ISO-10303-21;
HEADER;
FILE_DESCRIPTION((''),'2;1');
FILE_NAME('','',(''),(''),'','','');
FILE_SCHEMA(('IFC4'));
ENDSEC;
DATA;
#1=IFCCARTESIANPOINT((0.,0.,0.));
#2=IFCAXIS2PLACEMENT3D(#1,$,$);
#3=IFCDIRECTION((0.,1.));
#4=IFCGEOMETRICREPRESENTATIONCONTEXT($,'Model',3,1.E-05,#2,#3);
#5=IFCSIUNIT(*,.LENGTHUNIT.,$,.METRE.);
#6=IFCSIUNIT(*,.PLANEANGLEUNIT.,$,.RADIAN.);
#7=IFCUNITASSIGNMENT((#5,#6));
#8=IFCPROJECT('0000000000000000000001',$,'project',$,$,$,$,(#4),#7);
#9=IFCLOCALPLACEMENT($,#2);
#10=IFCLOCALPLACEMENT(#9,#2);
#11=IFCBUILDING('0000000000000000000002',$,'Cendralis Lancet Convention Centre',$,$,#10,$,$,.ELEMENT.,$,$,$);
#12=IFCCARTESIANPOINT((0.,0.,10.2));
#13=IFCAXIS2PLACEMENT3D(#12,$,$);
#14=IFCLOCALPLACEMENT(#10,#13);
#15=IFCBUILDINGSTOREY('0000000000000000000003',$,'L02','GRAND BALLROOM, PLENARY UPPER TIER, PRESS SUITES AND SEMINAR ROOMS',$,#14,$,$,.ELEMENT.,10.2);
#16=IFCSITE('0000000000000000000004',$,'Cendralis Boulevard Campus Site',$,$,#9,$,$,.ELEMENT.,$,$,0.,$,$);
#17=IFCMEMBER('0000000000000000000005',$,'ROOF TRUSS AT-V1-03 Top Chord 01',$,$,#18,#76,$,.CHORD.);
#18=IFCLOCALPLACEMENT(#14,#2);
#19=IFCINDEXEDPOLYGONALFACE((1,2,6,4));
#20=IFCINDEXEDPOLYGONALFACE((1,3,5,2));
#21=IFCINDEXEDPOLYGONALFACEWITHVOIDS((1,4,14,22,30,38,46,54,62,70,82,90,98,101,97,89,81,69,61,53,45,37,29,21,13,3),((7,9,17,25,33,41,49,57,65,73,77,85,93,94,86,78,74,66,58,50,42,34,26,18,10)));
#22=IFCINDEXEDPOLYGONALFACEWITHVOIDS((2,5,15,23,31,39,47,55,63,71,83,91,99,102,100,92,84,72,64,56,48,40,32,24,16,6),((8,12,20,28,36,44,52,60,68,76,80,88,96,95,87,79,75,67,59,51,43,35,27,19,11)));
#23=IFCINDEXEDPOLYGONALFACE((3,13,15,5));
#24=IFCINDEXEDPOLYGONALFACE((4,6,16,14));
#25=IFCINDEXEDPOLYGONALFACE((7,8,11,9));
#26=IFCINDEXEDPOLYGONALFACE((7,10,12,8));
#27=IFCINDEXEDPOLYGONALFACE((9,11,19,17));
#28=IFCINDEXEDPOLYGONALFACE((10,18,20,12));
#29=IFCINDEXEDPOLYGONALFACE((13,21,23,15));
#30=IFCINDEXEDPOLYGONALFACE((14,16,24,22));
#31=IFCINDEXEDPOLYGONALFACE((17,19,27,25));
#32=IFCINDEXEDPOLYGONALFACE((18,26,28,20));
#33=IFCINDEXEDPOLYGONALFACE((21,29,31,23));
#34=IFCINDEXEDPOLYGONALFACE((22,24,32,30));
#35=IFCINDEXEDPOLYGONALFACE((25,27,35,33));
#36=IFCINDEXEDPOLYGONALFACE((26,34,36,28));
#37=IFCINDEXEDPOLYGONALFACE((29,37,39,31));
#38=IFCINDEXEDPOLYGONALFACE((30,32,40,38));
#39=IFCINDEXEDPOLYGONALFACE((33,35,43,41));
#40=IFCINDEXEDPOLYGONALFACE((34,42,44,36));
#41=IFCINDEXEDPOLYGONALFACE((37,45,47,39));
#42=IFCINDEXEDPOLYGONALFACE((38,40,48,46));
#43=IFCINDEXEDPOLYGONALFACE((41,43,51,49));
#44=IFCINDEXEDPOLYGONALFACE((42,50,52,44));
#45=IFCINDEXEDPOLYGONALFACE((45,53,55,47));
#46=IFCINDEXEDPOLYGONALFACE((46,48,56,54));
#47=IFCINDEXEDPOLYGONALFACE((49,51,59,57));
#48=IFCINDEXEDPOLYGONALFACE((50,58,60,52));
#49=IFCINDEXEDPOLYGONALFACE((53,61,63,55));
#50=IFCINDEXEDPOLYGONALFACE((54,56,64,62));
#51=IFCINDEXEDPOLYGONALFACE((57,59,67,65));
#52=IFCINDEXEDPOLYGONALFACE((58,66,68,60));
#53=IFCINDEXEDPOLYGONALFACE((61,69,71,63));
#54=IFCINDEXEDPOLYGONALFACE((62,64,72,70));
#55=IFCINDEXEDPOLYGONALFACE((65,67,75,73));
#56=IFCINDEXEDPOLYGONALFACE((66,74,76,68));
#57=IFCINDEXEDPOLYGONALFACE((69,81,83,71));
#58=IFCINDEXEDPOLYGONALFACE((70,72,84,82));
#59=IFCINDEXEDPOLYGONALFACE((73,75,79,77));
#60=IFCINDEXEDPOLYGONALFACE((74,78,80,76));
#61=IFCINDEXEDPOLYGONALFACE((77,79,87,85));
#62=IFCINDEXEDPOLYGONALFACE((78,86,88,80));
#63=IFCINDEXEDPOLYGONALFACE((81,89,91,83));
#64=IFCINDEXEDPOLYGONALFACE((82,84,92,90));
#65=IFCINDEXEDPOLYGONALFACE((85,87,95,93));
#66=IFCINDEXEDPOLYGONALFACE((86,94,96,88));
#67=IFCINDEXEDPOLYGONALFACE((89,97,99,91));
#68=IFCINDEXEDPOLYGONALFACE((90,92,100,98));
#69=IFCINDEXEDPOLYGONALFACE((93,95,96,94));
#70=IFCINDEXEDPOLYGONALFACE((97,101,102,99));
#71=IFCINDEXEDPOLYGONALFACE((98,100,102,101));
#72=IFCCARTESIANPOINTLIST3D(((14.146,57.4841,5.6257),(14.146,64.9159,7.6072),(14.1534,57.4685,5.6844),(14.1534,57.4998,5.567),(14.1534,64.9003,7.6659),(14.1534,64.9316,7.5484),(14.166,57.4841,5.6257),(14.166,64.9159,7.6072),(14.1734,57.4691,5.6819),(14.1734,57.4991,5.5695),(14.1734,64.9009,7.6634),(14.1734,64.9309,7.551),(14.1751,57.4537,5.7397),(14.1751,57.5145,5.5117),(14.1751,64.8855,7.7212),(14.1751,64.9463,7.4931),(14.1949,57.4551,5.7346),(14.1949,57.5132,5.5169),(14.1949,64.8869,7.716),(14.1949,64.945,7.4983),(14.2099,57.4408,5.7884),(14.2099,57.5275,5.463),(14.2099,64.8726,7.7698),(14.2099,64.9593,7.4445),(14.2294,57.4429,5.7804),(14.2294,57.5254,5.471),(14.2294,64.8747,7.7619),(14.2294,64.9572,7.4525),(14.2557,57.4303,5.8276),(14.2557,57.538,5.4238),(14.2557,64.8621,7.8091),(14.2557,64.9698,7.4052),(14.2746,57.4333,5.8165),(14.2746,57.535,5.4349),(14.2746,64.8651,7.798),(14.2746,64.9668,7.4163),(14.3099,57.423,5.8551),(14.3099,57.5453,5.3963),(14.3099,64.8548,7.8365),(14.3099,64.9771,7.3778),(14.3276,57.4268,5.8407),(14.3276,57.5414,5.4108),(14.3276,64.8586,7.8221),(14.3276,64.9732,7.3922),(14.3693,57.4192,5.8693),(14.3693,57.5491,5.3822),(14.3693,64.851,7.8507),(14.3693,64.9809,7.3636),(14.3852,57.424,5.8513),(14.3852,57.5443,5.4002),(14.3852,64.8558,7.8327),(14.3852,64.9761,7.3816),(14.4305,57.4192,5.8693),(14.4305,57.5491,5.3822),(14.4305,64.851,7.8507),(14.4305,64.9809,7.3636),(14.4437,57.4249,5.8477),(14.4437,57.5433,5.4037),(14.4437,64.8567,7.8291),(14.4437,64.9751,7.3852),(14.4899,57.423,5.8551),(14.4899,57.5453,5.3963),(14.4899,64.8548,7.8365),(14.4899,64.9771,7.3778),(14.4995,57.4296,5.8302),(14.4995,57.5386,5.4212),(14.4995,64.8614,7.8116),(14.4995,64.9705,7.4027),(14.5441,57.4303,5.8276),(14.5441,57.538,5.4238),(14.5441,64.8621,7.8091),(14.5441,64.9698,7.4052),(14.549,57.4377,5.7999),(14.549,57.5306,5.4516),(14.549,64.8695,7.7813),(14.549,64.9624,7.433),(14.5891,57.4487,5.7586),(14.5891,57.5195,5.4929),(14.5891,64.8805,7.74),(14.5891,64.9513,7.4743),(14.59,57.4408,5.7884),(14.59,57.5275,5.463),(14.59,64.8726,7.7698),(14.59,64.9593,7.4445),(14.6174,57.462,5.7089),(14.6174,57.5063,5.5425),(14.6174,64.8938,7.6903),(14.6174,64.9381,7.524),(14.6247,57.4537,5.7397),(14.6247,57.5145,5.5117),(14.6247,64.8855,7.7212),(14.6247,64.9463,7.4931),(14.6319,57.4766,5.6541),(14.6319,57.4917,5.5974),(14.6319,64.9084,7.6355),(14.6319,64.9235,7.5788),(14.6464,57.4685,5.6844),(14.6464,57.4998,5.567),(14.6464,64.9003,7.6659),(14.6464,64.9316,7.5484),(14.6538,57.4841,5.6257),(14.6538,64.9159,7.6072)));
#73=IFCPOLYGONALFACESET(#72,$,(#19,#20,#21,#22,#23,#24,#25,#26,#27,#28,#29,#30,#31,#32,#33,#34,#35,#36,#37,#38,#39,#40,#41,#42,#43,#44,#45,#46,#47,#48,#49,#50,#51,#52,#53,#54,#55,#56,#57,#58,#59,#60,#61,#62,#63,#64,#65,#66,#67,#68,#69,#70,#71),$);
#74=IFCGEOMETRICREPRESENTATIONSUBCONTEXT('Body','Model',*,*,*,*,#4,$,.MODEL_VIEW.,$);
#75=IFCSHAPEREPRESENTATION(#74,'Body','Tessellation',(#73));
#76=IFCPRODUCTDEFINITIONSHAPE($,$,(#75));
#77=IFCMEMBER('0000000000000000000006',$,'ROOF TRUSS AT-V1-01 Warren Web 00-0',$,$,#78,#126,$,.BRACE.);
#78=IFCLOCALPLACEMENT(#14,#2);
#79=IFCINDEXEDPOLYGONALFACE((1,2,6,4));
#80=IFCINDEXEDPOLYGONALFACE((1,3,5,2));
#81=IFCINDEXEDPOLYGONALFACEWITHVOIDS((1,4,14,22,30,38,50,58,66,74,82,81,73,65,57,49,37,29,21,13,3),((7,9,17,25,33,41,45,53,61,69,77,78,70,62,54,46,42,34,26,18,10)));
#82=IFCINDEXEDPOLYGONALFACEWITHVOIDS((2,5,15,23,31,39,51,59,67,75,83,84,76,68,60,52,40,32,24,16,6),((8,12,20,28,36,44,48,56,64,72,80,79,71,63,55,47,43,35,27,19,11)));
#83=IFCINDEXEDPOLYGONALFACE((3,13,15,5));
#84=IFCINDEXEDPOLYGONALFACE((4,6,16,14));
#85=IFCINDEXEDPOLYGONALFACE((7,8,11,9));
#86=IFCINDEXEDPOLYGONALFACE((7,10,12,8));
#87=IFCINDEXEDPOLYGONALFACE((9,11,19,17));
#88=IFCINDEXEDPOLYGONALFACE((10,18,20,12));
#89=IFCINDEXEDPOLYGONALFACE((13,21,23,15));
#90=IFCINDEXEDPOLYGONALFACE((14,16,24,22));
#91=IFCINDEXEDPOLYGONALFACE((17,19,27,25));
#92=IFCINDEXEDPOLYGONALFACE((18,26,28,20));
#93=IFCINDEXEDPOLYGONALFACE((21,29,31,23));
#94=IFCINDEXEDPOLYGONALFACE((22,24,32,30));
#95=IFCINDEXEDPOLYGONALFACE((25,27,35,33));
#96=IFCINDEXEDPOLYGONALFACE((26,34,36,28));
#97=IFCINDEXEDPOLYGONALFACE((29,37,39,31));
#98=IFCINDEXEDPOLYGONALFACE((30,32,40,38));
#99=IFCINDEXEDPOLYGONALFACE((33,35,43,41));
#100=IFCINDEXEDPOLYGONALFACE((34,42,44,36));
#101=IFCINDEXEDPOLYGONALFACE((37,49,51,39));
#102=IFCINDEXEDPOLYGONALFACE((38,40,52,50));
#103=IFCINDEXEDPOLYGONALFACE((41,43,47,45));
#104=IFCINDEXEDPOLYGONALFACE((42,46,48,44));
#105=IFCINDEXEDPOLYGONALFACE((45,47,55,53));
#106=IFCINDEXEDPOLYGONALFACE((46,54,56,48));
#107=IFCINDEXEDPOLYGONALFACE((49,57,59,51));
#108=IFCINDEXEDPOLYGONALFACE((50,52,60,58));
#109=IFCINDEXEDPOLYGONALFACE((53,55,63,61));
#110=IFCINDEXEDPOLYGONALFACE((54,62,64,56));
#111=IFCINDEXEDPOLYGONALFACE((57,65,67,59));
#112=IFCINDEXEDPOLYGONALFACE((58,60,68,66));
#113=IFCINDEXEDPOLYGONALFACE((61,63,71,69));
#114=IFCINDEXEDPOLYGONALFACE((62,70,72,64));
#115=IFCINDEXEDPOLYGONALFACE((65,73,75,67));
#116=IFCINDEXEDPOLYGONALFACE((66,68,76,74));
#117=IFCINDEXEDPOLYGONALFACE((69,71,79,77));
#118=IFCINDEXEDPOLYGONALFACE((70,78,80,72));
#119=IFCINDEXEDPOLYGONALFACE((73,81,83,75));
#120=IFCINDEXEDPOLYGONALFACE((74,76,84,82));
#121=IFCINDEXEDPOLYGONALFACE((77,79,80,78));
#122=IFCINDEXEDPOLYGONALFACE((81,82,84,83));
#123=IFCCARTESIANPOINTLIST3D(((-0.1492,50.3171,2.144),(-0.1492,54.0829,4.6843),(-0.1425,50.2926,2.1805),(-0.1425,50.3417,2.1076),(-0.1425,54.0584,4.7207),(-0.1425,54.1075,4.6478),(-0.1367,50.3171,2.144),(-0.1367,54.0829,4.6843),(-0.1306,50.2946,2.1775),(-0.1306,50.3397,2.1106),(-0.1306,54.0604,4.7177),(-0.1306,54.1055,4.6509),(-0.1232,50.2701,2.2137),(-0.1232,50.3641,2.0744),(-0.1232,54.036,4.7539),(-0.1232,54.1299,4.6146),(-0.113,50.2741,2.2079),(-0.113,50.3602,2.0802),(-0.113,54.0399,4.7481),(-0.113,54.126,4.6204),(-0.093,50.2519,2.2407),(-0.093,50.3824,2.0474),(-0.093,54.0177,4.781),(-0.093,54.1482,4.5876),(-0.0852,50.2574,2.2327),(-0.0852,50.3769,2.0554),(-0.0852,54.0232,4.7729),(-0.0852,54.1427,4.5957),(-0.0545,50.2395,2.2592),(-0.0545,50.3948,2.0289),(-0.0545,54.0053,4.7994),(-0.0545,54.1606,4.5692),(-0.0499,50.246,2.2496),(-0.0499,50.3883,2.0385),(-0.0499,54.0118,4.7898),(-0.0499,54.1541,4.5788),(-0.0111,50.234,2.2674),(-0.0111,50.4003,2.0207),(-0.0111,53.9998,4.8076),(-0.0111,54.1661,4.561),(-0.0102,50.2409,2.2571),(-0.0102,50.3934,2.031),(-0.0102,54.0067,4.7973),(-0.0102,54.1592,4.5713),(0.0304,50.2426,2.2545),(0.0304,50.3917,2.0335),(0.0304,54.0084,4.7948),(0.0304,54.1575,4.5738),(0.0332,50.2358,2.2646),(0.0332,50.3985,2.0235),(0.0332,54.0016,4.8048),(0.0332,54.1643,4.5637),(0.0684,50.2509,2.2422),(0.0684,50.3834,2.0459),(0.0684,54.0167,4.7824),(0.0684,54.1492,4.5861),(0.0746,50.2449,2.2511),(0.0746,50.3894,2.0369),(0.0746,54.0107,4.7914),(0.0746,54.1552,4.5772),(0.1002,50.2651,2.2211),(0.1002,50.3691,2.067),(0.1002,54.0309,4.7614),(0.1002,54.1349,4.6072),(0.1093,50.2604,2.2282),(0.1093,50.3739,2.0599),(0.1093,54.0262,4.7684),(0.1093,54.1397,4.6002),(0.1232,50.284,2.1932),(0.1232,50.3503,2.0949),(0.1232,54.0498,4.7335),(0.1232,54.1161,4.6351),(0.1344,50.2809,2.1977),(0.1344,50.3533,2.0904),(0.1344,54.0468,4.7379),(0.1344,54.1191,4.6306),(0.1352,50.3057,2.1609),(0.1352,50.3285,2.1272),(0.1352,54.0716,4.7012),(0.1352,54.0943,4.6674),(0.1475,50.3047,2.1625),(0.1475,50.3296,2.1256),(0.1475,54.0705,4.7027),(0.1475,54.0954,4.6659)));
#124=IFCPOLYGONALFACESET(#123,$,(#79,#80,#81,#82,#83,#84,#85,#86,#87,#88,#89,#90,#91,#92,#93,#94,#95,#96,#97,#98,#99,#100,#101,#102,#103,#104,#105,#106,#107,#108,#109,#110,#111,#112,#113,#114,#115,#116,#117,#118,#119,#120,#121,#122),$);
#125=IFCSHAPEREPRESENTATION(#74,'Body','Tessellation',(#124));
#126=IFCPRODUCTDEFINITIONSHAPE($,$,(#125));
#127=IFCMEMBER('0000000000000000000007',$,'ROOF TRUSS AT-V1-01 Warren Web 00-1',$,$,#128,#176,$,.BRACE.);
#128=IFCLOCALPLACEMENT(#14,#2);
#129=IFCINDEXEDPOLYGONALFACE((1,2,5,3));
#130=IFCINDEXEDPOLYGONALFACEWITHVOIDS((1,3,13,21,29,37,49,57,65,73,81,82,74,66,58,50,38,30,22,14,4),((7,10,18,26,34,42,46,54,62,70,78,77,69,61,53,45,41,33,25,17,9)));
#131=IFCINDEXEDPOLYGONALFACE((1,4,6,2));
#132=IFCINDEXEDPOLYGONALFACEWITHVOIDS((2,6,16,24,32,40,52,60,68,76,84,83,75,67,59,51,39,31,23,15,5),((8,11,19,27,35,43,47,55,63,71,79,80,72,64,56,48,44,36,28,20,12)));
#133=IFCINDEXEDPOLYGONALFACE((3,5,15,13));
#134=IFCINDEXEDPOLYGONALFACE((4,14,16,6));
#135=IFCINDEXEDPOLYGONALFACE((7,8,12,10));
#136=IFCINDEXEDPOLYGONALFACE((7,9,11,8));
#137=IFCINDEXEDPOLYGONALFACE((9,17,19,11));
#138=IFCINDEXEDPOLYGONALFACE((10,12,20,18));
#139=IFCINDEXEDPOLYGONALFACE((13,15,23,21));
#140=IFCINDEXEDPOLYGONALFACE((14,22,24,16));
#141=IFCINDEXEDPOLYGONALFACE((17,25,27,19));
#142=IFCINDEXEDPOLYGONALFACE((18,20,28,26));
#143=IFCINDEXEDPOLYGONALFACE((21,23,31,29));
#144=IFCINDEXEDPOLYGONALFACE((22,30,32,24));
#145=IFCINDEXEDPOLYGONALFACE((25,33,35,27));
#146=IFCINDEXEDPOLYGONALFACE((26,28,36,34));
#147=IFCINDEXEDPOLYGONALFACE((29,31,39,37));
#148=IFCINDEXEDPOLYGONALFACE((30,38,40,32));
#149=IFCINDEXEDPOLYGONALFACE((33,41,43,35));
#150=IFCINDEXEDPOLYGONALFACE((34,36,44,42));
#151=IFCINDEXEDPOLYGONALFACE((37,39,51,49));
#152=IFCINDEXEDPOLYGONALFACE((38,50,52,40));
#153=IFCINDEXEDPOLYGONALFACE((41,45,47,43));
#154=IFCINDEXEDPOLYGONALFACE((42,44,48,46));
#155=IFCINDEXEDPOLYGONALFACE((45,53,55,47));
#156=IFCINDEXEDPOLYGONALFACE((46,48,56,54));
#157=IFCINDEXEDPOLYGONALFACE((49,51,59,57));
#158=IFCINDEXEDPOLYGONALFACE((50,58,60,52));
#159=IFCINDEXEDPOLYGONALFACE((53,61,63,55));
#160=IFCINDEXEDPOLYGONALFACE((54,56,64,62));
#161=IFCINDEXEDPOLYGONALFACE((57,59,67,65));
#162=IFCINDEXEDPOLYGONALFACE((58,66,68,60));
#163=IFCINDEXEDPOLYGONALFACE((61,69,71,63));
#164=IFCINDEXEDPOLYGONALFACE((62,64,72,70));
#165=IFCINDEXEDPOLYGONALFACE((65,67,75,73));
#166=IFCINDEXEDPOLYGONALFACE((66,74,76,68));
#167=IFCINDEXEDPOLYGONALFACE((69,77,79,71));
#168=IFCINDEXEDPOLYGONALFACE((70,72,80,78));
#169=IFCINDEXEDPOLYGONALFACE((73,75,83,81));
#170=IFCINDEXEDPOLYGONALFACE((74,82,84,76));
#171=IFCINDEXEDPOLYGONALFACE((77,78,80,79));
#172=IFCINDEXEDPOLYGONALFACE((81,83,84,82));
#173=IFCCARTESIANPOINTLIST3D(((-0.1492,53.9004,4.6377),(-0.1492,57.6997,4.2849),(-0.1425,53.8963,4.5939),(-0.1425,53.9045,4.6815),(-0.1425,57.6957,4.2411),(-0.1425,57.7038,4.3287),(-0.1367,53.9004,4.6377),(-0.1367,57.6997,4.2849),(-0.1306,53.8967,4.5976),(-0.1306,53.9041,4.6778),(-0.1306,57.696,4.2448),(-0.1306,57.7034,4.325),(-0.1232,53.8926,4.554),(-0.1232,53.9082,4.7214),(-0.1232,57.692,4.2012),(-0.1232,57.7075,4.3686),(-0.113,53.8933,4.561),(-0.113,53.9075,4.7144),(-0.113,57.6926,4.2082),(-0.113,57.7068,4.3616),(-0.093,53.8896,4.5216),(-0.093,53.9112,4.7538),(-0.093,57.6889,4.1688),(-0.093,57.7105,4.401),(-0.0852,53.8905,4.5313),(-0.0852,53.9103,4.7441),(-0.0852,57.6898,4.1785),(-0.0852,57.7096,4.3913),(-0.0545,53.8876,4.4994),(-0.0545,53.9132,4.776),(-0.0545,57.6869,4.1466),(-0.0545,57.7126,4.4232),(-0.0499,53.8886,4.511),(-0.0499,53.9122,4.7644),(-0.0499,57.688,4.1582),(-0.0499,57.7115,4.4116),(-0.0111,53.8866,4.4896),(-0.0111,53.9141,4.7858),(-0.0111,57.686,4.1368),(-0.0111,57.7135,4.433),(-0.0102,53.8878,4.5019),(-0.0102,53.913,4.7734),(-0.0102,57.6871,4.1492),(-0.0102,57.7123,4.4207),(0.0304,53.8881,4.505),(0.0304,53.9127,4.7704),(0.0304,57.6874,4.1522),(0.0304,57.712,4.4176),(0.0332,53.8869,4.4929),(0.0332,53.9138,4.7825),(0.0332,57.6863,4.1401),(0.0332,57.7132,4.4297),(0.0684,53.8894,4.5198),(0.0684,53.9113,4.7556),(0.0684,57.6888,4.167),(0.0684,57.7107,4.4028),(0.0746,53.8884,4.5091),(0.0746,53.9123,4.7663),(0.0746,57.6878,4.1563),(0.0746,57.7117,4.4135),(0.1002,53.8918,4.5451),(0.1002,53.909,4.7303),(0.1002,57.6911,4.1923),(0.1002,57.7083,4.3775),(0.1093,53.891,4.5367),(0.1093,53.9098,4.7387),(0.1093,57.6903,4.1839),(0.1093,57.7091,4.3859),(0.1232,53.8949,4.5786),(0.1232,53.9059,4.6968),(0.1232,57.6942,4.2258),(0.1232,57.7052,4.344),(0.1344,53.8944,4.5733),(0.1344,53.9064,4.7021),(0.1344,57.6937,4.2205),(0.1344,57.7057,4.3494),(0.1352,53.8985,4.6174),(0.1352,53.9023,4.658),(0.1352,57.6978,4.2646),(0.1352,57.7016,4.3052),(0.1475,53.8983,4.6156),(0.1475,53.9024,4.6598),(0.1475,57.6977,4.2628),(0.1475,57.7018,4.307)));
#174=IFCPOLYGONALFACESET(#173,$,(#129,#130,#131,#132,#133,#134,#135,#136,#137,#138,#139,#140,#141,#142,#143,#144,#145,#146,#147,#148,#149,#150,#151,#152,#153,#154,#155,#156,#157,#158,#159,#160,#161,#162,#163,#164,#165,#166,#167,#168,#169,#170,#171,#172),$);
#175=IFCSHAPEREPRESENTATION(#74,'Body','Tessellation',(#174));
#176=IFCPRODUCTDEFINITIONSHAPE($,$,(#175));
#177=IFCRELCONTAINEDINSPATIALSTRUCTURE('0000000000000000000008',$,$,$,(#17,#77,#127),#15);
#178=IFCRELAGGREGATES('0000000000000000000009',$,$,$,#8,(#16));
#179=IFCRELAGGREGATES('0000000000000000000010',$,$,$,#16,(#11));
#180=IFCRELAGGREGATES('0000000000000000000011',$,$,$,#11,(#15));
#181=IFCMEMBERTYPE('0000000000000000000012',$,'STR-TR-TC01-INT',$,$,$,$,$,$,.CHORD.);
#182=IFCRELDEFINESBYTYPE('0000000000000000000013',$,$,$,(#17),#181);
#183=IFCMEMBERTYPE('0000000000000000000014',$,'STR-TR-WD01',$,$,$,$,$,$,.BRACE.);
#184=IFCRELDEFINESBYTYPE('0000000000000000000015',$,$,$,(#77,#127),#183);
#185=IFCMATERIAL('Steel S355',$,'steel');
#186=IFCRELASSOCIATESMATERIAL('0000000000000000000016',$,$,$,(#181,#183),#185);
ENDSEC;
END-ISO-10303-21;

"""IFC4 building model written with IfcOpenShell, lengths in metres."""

from ifc_helpers import new_model, si_unit, direction, frame, origin, origin_2d, place, context, subcontext, project, spatial, hollow_circle, extrude, material, material_profile, profile_set, type_object, element, save


model = new_model("IFC4")

# Units and contexts
model_context = context("Model", 3, precision=1e-05, world=origin(), true_north=direction((0.0, 1.0)))
body_context = subcontext(model_context, "Body", "Model", "MODEL_VIEW")
ifc_project = project(units=[si_unit("LENGTHUNIT", "METRE"), si_unit("PLANEANGLEUNIT", "RADIAN")], contexts=[model_context])

# Site, building, storey
site_placement = place(None, origin())
site = spatial("IfcSite", under=ifc_project, at=site_placement, Name="Cendralis Boulevard Campus Site", CompositionType="ELEMENT", RefElevation=0.0)
building_placement = place(site_placement, origin())
building = spatial("IfcBuilding", under=site, at=building_placement, Name="Cendralis Lancet Convention Centre", CompositionType="ELEMENT")
storey_placement = place(building_placement, frame((0.0, 0.0, 10.2)))
storey = spatial("IfcBuildingStorey", under=building, at=storey_placement, Name="L02", Description="GRAND BALLROOM, PLENARY UPPER TIER, PRESS SUITES AND SEMINAR ROOMS", CompositionType="ELEMENT", Elevation=10.2)

# Members
ifc_material_1 = material(Name="Steel S355", Category="steel")
ifc_material_profile_1 = material_profile(ifc_material_1, hollow_circle(Radius=0.2539, WallThickness=0.02, at=origin_2d()), Name="CHS 508.0x20.0")
ifc_profile_set_1 = profile_set([ifc_material_profile_1], Name="Steel S355")
member_type_1 = type_object("IfcMemberType", Name="STR-TR-TC01-INT", PredefinedType="CHORD", material=ifc_profile_set_1)
for number, where, z_axis, x_axis, name in (
    (1, (14.3999, 57.4841, 5.6257), (0.0, 0.966248, 0.257615), (-1.0, 0.0, 0.0), "ROOF TRUSS AT-V1-03 Top Chord 01"),
):
    element("IfcMember", number, at=place(storey_placement, frame(where, z_axis=z_axis, x_axis=x_axis)), inside=storey, type_object=member_type_1, Name=name, PredefinedType="CHORD", context=body_context, shape_type="SweptSolid", body=[
        extrude(hollow_circle(Radius=0.2539, WallThickness=0.02, at=origin_2d()), origin(), (0.0, 0.0, 1.0), 7.6914),
    ])
ifc_material_profile_2 = material_profile(ifc_material_1, hollow_circle(Radius=0.1492, WallThickness=0.0125, at=origin_2d()), Name="CHS 298.5x12.5")
ifc_profile_set_2 = profile_set([ifc_material_profile_2], Name="Steel S355")
member_type_2 = type_object("IfcMemberType", Name="STR-TR-WD01", PredefinedType="BRACE", material=ifc_profile_set_2)
member_1_placement = place(storey_placement, frame((0.0, 50.3171, 2.144), z_axis=(0.0, 0.82902, 0.559219), x_axis=(-1.0, 0.0, 0.0)))
element("IfcMember", 2, at=member_1_placement, inside=storey, type_object=member_type_2, Name="ROOF TRUSS AT-V1-01 Warren Web 00-0", PredefinedType="BRACE", context=body_context, shape_type="SweptSolid", body=[
    extrude(hollow_circle(Radius=0.1492, WallThickness=0.0125, at=origin_2d()), origin(), (0.0, 0.0, 1.0), 4.5425),
])
member_2_placement = place(storey_placement, frame((0.0, 53.9004, 4.6377), z_axis=(0.0, 0.995717, -0.092457), x_axis=(-1.0, 0.0, 0.0)))
element("IfcMember", 3, at=member_2_placement, inside=storey, type_object=member_type_2, Name="ROOF TRUSS AT-V1-01 Warren Web 00-1", PredefinedType="BRACE", context=body_context, shape_type="SweptSolid", body=[
    extrude(hollow_circle(Radius=0.1492, WallThickness=0.0125, at=origin_2d()), origin(), (0.0, 0.0, 1.0), 3.8157),
])

save(model, "model.ifc")
